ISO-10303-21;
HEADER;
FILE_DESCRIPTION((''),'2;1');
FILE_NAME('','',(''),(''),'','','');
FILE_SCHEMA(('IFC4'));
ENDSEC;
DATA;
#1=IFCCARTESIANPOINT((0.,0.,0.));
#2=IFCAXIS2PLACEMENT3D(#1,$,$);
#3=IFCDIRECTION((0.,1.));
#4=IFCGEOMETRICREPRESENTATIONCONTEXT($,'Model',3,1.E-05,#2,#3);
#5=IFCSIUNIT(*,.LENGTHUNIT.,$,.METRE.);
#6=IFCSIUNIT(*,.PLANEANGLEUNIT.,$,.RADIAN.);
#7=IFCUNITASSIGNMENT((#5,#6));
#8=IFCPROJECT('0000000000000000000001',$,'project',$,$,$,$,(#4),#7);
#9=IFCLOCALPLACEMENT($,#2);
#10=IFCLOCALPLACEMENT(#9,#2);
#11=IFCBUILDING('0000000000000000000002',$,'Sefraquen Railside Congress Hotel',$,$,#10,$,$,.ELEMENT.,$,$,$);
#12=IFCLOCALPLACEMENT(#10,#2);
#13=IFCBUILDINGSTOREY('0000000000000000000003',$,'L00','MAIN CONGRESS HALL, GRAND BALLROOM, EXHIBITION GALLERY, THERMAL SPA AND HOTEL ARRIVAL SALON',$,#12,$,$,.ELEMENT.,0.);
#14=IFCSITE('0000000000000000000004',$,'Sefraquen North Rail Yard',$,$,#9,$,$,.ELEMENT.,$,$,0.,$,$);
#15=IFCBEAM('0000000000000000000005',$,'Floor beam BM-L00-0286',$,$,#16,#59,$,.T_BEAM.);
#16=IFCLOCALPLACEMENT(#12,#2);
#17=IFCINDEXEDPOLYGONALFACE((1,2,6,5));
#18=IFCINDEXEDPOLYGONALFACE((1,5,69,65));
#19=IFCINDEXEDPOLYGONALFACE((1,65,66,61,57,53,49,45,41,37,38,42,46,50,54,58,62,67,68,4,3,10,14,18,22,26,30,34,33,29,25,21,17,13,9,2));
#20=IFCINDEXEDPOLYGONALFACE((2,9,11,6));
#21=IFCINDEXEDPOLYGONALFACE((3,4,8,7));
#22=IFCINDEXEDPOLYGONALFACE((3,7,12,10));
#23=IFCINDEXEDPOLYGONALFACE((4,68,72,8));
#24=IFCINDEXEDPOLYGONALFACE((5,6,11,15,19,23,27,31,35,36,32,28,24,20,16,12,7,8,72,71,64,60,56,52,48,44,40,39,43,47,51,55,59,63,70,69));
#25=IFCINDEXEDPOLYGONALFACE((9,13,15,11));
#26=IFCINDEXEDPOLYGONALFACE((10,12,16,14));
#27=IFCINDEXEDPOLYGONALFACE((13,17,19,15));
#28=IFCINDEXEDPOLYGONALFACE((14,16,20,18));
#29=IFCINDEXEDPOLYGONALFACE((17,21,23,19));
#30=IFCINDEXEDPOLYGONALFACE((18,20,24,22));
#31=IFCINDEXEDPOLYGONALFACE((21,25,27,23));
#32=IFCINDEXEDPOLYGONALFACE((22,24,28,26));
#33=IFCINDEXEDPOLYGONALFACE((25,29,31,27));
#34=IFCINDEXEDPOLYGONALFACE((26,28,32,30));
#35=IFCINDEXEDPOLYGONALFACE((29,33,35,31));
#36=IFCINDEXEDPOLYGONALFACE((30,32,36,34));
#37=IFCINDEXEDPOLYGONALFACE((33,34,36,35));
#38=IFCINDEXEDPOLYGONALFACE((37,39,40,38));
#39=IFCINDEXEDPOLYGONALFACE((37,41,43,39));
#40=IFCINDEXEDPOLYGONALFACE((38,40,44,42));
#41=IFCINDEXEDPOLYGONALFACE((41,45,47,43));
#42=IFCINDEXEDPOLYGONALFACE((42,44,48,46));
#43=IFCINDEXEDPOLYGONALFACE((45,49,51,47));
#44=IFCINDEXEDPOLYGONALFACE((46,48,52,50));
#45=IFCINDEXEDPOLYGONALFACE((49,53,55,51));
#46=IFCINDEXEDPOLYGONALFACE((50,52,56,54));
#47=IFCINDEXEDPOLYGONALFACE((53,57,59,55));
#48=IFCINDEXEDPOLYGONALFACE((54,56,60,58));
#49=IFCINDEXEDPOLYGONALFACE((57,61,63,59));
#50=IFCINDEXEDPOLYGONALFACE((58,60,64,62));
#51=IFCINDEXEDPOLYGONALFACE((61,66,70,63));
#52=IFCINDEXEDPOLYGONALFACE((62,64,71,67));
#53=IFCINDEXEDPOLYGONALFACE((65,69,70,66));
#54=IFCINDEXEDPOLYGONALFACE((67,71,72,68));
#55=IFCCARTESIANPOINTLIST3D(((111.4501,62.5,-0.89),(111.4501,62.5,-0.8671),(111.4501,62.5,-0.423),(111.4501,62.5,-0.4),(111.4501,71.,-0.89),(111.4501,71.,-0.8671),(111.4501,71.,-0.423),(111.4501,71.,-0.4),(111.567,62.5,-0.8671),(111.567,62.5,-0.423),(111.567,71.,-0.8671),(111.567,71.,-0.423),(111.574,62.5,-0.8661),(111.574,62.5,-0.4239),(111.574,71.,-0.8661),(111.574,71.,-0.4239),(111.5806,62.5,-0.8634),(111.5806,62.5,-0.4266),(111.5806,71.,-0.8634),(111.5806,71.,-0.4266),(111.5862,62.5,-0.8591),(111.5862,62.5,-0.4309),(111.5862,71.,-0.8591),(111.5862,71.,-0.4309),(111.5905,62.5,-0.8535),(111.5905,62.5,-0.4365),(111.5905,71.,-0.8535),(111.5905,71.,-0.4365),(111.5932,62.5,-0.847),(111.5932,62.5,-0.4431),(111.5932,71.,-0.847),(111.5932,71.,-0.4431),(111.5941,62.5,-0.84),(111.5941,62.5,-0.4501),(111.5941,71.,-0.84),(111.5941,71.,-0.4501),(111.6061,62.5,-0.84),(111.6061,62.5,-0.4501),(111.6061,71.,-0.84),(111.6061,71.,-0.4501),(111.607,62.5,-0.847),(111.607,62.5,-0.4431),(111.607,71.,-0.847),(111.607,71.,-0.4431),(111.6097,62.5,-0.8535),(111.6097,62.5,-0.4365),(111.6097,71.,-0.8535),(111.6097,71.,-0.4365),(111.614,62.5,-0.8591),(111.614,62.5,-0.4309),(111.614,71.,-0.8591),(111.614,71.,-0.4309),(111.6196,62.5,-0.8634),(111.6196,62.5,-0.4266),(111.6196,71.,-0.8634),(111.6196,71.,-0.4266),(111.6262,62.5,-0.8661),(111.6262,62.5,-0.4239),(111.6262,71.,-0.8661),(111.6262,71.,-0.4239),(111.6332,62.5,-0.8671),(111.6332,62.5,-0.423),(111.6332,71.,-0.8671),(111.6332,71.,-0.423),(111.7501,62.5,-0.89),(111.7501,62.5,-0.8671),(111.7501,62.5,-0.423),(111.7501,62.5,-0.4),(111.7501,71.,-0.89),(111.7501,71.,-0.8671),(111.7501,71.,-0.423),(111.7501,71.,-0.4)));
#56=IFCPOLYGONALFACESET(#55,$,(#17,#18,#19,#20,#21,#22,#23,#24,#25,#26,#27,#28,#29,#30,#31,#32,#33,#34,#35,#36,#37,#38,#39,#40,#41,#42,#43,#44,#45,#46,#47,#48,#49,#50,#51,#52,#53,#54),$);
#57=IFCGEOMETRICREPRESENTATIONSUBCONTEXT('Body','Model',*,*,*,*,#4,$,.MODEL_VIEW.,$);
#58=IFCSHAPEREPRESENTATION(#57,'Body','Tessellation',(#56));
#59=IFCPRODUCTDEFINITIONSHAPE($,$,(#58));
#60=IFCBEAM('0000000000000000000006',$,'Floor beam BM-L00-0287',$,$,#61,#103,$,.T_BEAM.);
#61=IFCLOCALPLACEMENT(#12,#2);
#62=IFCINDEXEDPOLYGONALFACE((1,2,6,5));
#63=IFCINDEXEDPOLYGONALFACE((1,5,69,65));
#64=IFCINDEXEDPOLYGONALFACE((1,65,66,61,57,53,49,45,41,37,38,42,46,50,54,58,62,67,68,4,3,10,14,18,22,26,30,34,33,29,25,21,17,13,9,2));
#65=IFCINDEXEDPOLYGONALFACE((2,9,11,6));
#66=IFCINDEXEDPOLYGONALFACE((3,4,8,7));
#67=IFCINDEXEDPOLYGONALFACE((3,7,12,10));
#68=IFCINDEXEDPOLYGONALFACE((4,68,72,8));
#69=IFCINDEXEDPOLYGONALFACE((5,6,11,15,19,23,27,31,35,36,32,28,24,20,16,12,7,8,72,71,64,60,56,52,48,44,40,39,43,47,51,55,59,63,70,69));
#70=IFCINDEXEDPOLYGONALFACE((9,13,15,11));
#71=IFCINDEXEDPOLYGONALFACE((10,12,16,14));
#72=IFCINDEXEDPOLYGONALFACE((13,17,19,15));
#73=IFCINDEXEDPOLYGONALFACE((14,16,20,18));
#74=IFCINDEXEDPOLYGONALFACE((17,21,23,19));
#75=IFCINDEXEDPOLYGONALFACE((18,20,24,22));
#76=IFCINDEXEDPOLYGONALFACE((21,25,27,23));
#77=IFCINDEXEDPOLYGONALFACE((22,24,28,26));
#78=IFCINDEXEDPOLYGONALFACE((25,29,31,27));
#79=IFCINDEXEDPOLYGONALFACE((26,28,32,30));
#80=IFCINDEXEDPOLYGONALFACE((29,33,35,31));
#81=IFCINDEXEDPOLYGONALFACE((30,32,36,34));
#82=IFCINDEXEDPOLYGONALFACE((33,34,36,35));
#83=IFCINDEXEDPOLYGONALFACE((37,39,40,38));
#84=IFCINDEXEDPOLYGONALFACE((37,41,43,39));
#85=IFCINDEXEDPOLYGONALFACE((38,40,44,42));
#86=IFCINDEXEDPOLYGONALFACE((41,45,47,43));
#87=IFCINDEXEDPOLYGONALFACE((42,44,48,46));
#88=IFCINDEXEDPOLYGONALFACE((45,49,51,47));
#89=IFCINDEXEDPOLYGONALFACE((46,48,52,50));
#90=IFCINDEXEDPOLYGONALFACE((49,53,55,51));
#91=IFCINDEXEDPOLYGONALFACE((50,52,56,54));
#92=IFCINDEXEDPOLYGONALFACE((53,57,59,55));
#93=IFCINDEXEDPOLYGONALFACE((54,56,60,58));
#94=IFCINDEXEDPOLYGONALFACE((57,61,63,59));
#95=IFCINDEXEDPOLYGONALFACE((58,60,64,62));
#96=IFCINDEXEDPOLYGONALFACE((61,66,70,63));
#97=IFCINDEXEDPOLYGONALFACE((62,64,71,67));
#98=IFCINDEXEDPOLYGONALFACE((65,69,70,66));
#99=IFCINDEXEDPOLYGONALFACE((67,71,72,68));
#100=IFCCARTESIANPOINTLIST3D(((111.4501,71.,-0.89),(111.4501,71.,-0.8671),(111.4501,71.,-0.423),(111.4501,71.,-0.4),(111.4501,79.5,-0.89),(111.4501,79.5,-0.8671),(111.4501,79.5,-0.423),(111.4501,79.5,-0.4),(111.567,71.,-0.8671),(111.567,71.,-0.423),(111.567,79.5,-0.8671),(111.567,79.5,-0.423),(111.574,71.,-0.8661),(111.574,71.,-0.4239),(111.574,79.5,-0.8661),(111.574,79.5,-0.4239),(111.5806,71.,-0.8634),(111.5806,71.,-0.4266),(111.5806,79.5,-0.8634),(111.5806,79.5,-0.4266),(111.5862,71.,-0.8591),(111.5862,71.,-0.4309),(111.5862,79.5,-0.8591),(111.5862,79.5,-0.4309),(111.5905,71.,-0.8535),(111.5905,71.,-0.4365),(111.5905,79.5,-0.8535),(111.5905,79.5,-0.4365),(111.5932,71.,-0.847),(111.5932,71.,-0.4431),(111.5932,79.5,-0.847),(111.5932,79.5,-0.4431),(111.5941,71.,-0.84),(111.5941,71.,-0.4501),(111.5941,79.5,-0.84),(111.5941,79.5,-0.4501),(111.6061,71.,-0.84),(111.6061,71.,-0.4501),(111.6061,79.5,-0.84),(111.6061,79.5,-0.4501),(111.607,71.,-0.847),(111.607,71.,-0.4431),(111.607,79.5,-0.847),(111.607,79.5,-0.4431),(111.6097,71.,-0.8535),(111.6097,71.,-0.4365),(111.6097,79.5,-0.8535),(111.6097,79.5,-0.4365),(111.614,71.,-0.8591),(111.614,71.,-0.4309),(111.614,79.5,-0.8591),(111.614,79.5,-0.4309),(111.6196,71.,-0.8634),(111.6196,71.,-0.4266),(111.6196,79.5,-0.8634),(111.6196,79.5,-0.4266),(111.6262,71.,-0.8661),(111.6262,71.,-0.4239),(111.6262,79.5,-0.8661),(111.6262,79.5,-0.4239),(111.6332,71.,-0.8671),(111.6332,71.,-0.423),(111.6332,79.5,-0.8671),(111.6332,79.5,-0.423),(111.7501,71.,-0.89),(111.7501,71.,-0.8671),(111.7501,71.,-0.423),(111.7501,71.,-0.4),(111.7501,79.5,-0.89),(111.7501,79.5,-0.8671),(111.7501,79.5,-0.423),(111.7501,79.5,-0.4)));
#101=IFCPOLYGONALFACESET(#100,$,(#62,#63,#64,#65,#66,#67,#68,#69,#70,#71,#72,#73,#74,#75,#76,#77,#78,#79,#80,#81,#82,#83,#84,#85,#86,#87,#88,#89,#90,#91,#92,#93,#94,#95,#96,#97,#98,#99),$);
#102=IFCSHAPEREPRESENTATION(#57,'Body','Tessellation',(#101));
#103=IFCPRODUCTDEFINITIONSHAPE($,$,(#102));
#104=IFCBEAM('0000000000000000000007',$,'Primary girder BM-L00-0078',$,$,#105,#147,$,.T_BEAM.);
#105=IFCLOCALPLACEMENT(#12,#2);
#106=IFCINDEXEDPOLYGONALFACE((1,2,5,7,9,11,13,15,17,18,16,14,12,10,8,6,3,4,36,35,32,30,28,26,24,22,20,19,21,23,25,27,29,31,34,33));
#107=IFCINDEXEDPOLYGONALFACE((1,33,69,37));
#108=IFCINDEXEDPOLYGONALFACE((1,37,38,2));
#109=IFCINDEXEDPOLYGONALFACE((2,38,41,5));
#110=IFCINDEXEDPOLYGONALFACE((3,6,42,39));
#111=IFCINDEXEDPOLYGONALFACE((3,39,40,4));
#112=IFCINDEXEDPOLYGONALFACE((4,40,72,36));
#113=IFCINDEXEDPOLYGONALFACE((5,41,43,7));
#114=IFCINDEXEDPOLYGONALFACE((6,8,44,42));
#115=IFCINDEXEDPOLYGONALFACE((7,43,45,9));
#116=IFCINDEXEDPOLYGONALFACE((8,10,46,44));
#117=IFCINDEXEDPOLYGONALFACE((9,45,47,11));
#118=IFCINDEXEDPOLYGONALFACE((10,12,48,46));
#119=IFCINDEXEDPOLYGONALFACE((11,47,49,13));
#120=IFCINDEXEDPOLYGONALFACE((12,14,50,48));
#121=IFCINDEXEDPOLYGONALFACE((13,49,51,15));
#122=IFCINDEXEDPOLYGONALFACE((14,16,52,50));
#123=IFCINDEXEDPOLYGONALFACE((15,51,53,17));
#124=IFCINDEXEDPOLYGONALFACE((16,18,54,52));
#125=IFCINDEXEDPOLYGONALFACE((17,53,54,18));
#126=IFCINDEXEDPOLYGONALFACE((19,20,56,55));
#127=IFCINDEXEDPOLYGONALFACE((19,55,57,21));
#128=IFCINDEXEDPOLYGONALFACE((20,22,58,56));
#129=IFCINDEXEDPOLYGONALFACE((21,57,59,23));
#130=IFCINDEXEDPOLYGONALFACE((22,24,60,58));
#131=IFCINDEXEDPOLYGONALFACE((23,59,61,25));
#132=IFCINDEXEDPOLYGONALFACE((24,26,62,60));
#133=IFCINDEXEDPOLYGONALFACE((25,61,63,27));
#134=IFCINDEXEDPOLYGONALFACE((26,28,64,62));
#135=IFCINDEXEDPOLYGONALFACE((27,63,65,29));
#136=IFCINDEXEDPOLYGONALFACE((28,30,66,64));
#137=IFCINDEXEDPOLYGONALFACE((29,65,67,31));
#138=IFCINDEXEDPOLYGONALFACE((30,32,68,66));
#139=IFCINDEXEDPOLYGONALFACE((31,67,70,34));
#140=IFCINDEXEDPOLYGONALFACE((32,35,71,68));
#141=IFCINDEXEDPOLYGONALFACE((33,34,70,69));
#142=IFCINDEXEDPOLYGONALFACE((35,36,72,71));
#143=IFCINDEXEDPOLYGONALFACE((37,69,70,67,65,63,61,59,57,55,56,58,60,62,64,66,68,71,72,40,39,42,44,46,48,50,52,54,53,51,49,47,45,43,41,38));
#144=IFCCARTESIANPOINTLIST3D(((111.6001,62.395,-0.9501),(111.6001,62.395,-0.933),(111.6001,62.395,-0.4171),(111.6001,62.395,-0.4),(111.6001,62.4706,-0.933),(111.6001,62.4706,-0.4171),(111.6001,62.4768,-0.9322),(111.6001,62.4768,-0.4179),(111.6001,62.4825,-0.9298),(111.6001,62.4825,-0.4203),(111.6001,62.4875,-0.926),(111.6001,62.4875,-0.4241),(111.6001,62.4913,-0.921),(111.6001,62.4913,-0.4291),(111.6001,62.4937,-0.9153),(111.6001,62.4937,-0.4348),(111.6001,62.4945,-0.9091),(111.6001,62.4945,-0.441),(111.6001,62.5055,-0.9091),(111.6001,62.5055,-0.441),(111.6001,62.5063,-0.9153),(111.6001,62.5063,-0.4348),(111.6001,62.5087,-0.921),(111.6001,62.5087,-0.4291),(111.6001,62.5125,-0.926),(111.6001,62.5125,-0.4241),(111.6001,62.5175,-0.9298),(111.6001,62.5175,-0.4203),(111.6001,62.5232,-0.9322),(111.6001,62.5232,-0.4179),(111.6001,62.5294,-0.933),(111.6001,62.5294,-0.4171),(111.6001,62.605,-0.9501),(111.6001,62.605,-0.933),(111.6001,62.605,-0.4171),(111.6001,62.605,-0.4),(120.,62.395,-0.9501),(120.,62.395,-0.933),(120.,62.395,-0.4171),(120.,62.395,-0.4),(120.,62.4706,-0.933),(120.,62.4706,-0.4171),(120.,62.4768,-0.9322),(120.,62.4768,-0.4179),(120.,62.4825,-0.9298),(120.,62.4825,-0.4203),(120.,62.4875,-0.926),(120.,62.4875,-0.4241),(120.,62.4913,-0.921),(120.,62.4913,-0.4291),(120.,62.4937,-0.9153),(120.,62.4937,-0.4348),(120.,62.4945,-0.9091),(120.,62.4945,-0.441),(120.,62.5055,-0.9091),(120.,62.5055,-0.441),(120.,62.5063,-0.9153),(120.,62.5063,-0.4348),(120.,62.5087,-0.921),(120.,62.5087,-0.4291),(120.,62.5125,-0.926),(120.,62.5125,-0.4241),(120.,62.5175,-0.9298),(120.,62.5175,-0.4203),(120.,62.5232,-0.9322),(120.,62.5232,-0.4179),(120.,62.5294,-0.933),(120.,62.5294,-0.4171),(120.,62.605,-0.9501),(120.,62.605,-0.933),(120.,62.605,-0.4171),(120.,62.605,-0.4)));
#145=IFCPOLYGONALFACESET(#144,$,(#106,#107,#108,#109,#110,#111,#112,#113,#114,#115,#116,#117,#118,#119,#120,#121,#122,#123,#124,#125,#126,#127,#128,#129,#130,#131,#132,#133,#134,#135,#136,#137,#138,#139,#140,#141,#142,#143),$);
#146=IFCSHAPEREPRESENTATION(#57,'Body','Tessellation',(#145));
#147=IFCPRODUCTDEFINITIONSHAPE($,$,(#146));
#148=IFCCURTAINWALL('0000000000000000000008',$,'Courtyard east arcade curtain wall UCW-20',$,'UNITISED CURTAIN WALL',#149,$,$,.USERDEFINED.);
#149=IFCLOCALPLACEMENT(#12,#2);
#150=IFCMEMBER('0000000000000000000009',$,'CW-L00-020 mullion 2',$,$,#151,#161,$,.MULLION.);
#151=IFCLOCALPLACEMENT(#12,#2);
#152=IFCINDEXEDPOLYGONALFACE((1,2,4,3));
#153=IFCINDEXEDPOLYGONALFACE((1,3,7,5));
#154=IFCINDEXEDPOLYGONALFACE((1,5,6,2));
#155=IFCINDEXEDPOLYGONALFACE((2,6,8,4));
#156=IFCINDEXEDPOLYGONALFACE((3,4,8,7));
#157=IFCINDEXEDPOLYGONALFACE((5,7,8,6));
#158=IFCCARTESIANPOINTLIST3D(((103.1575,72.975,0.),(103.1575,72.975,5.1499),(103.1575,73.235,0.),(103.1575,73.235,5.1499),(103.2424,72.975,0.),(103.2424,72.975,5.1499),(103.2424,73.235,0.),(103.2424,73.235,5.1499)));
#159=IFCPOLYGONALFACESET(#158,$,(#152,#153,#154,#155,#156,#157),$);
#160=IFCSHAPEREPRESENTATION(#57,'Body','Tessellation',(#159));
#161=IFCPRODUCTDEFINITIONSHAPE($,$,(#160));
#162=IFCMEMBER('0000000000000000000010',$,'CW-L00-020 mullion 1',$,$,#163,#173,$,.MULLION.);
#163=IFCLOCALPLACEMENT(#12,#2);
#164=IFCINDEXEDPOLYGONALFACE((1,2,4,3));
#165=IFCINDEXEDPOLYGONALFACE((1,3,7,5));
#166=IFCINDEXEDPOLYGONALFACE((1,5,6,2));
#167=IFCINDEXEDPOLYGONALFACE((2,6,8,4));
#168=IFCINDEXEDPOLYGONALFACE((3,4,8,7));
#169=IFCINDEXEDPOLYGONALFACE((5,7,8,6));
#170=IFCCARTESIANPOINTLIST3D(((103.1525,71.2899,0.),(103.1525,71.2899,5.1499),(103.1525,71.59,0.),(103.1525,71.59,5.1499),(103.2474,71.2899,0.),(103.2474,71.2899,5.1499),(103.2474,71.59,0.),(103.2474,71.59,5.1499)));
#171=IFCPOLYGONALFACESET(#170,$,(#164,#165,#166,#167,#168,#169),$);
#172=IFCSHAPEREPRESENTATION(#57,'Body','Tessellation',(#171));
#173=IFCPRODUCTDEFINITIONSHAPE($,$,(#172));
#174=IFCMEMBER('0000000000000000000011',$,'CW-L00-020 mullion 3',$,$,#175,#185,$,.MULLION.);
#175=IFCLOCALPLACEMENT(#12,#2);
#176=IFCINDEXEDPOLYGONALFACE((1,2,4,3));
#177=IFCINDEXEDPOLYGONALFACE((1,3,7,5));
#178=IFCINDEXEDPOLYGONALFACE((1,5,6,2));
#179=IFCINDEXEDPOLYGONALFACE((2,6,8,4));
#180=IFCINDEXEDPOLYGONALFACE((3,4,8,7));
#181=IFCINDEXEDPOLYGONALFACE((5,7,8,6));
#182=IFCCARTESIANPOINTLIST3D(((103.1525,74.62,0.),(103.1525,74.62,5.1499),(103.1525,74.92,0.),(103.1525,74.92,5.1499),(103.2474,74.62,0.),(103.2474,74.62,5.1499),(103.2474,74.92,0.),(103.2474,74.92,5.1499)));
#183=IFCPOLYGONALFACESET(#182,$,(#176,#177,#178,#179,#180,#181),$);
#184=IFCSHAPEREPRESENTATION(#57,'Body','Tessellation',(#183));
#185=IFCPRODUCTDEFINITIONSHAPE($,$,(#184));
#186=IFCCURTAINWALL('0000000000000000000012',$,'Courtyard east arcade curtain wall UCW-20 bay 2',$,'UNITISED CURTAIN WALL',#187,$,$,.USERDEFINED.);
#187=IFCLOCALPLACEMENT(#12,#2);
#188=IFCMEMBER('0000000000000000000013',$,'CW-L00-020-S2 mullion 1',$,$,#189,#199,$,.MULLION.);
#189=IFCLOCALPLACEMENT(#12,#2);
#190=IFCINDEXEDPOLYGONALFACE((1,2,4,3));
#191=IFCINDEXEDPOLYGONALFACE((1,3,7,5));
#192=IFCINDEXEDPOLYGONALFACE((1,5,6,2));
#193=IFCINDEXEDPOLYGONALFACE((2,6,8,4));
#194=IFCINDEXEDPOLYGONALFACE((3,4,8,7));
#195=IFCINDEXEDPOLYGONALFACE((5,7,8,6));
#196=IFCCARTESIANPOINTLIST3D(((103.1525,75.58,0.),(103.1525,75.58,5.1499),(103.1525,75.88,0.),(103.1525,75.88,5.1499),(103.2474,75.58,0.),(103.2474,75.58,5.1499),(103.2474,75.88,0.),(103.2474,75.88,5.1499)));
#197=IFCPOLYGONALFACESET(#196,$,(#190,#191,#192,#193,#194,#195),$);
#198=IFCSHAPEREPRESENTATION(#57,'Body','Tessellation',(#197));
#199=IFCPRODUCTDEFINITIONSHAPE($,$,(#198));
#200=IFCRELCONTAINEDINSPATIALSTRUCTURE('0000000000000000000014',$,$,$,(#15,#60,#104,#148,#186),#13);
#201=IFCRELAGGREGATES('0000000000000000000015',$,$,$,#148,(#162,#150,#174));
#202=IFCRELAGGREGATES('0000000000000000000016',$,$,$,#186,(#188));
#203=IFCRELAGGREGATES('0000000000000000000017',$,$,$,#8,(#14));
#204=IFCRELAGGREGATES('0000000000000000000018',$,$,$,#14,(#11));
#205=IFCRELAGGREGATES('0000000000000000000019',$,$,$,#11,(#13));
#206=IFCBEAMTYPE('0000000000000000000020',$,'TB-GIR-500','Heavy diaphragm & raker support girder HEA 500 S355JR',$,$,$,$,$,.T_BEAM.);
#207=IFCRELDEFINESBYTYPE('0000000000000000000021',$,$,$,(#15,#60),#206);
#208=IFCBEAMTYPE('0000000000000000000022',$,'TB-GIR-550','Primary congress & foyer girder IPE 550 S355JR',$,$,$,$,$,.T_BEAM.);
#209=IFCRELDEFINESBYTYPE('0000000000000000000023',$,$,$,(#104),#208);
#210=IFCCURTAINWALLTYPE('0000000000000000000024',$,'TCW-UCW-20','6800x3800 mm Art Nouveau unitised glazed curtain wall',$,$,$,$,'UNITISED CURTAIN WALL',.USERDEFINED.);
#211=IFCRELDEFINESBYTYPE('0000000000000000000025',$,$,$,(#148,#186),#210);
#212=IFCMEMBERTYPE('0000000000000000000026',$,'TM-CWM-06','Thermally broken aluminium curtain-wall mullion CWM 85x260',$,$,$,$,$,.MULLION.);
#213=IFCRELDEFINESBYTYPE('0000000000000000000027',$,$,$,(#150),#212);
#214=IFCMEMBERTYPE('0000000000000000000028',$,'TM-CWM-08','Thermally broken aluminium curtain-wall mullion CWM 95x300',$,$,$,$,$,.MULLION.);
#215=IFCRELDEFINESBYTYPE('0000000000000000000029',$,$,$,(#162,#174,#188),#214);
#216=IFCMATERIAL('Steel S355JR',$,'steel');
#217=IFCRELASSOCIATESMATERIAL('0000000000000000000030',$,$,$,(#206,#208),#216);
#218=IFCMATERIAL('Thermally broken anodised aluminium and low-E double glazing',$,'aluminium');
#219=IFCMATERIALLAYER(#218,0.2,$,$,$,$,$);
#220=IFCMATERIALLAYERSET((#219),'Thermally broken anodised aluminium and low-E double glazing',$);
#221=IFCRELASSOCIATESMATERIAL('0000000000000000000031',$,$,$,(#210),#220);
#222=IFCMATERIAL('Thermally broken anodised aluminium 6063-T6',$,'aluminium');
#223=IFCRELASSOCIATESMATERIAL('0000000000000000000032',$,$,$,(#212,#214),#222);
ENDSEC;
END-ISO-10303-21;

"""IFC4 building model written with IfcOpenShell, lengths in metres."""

from ifc_helpers import new_model, si_unit, direction, frame, origin, origin_2d, place, context, subcontext, project, spatial, rectangle, i_section, extrude, material, layer, layer_set, material_profile, profile_set, type_object, element, aggregate, save


model = new_model("IFC4")

# Units and contexts
model_context = context("Model", 3, precision=1e-05, world=origin(), true_north=direction((0.0, 1.0)))
body_context = subcontext(model_context, "Body", "Model", "MODEL_VIEW")
ifc_project = project(units=[si_unit("LENGTHUNIT", "METRE"), si_unit("PLANEANGLEUNIT", "RADIAN")], contexts=[model_context])

# Site, building, storey
site_placement = place(None, origin())
site = spatial("IfcSite", under=ifc_project, at=site_placement, Name="Sefraquen North Rail Yard", CompositionType="ELEMENT", RefElevation=0.0)
building_placement = place(site_placement, origin())
building = spatial("IfcBuilding", under=site, at=building_placement, Name="Sefraquen Railside Congress Hotel", CompositionType="ELEMENT")
storey_placement = place(building_placement, origin())
storey = spatial("IfcBuildingStorey", under=building, at=storey_placement, Name="L00", Description="MAIN CONGRESS HALL, GRAND BALLROOM, EXHIBITION GALLERY, THERMAL SPA AND HOTEL ARRIVAL SALON", CompositionType="ELEMENT", Elevation=0.0)

# Shared definitions
ifc_material_1 = material(Name="Steel S355JR", Category="steel")

# Beams
ifc_material_profile_1 = material_profile(ifc_material_1, i_section(OverallWidth=0.3, OverallDepth=0.49, WebThickness=0.012, FlangeThickness=0.0229, FilletRadius=0.0271, at=origin_2d()), Name="HEA 500")
ifc_profile_set_1 = profile_set([ifc_material_profile_1], Name="Steel S355JR")
beam_type_1 = type_object("IfcBeamType", Name="TB-GIR-500", Description="Heavy diaphragm & raker support girder HEA 500 S355JR", PredefinedType="T_BEAM", material=ifc_profile_set_1)
for number, where, z_axis, x_axis, name in (
    (1, (111.6001, 62.5, -0.645), (0.0, 1.0, 0.0), (-1.0, 0.0, 0.0), "Floor beam BM-L00-0286"),
    (2, (111.6001, 71.0, -0.645), (0.0, 1.0, 0.0), (-1.0, 0.0, 0.0), "Floor beam BM-L00-0287"),
):
    element("IfcBeam", number, at=place(storey_placement, frame(where, z_axis=z_axis, x_axis=x_axis)), inside=storey, type_object=beam_type_1, Name=name, PredefinedType="T_BEAM", context=body_context, shape_type="SweptSolid", body=[
        extrude(i_section(OverallWidth=0.3, OverallDepth=0.49, WebThickness=0.012, FlangeThickness=0.0229, FilletRadius=0.0271, at=origin_2d()), origin(), (0.0, 0.0, 1.0), 8.5),
    ])
ifc_material_profile_2 = material_profile(ifc_material_1, i_section(OverallWidth=0.21, OverallDepth=0.55, WebThickness=0.011, FlangeThickness=0.0171, FilletRadius=0.0239, at=origin_2d()), Name="IPE 550")
ifc_profile_set_2 = profile_set([ifc_material_profile_2], Name="Steel S355JR")
beam_type_2 = type_object("IfcBeamType", Name="TB-GIR-550", Description="Primary congress & foyer girder IPE 550 S355JR", PredefinedType="T_BEAM", material=ifc_profile_set_2)
beam_placement = place(storey_placement, frame((111.6001, 62.5, -0.675), z_axis=(1.0, 0.0, 0.0), x_axis=(0.0, 1.0, 0.0)))
element("IfcBeam", 3, at=beam_placement, inside=storey, type_object=beam_type_2, Name="Primary girder BM-L00-0078", PredefinedType="T_BEAM", context=body_context, shape_type="SweptSolid", body=[
    extrude(i_section(OverallWidth=0.21, OverallDepth=0.55, WebThickness=0.011, FlangeThickness=0.0171, FilletRadius=0.0239, at=origin_2d()), origin(), (0.0, 0.0, 1.0), 8.3999),
])

# Curtain wall, members
ifc_material_2 = material(Name="Thermally broken anodised aluminium and low-E double glazing", Category="aluminium")
ifc_layer_1 = layer(ifc_material_2, 0.2)
ifc_layer_set_1 = layer_set([ifc_layer_1], Name="Thermally broken anodised aluminium and low-E double glazing")
curtain_wall_type = type_object("IfcCurtainWallType", Name="TCW-UCW-20", Description="6800x3800 mm Art Nouveau unitised glazed curtain wall", ElementType="UNITISED CURTAIN WALL", PredefinedType="USERDEFINED", material=ifc_layer_set_1)
curtain_wall_1_placement = place(storey_placement, origin())
curtain_wall_1 = element("IfcCurtainWall", 4, at=curtain_wall_1_placement, inside=storey, type_object=curtain_wall_type, Name="Courtyard east arcade curtain wall UCW-20", ObjectType="UNITISED CURTAIN WALL", PredefinedType="USERDEFINED")
ifc_material_3 = material(Name="Thermally broken anodised aluminium 6063-T6", Category="aluminium")
ifc_material_profile_3 = material_profile(ifc_material_3, rectangle(XDim=0.085, YDim=0.26, at=origin_2d()), Name="CWM 85x260")
ifc_profile_set_3 = profile_set([ifc_material_profile_3], Name="Thermally broken anodised aluminium 6063-T6")
member_type_1 = type_object("IfcMemberType", Name="TM-CWM-06", Description="Thermally broken aluminium curtain-wall mullion CWM 85x260", PredefinedType="MULLION", material=ifc_profile_set_3)
member_1_placement = place(storey_placement, frame((103.2, 73.105, 0.0), z_axis=(0.0, 0.0, 1.0), x_axis=(1.0, 0.0, 0.0)))
member_1 = element("IfcMember", 5, at=member_1_placement, type_object=member_type_1, Name="CW-L00-020 mullion 2", PredefinedType="MULLION", context=body_context, shape_type="SweptSolid", body=[
    extrude(rectangle(XDim=0.085, YDim=0.26, at=origin_2d()), origin(), (0.0, 0.0, 1.0), 5.1499),
])
ifc_material_profile_4 = material_profile(ifc_material_3, rectangle(XDim=0.095, YDim=0.3, at=origin_2d()), Name="CWM 95x300")
ifc_profile_set_4 = profile_set([ifc_material_profile_4], Name="Thermally broken anodised aluminium 6063-T6")
member_type_2 = type_object("IfcMemberType", Name="TM-CWM-08", Description="Thermally broken aluminium curtain-wall mullion CWM 95x300", PredefinedType="MULLION", material=ifc_profile_set_4)
member_2_placement = place(storey_placement, frame((103.2, 71.4399, 0.0), z_axis=(0.0, 0.0, 1.0), x_axis=(1.0, 0.0, 0.0)))
member_2 = element("IfcMember", 6, at=member_2_placement, type_object=member_type_2, Name="CW-L00-020 mullion 1", PredefinedType="MULLION", context=body_context, shape_type="SweptSolid", body=[
    extrude(rectangle(XDim=0.095, YDim=0.3, at=origin_2d()), origin(), (0.0, 0.0, 1.0), 5.1499),
])
member_3_placement = place(storey_placement, frame((103.2, 74.77, 0.0), z_axis=(0.0, 0.0, 1.0), x_axis=(1.0, 0.0, 0.0)))
member_3 = element("IfcMember", 7, at=member_3_placement, type_object=member_type_2, Name="CW-L00-020 mullion 3", PredefinedType="MULLION", context=body_context, shape_type="SweptSolid", body=[
    extrude(rectangle(XDim=0.095, YDim=0.3, at=origin_2d()), origin(), (0.0, 0.0, 1.0), 5.1499),
])

# Curtain wall, member
curtain_wall_2_placement = place(storey_placement, origin())
curtain_wall_2 = element("IfcCurtainWall", 8, at=curtain_wall_2_placement, inside=storey, type_object=curtain_wall_type, Name="Courtyard east arcade curtain wall UCW-20 bay 2", ObjectType="UNITISED CURTAIN WALL", PredefinedType="USERDEFINED")
member_4_placement = place(storey_placement, frame((103.2, 75.73, 0.0), z_axis=(0.0, 0.0, 1.0), x_axis=(1.0, 0.0, 0.0)))
member_4 = element("IfcMember", 9, at=member_4_placement, type_object=member_type_2, Name="CW-L00-020-S2 mullion 1", PredefinedType="MULLION", context=body_context, shape_type="SweptSolid", body=[
    extrude(rectangle(XDim=0.095, YDim=0.3, at=origin_2d()), origin(), (0.0, 0.0, 1.0), 5.1499),
])

aggregate(curtain_wall_1, [member_2, member_1, member_3])
aggregate(curtain_wall_2, [member_4])

save(model, "model.ifc")
